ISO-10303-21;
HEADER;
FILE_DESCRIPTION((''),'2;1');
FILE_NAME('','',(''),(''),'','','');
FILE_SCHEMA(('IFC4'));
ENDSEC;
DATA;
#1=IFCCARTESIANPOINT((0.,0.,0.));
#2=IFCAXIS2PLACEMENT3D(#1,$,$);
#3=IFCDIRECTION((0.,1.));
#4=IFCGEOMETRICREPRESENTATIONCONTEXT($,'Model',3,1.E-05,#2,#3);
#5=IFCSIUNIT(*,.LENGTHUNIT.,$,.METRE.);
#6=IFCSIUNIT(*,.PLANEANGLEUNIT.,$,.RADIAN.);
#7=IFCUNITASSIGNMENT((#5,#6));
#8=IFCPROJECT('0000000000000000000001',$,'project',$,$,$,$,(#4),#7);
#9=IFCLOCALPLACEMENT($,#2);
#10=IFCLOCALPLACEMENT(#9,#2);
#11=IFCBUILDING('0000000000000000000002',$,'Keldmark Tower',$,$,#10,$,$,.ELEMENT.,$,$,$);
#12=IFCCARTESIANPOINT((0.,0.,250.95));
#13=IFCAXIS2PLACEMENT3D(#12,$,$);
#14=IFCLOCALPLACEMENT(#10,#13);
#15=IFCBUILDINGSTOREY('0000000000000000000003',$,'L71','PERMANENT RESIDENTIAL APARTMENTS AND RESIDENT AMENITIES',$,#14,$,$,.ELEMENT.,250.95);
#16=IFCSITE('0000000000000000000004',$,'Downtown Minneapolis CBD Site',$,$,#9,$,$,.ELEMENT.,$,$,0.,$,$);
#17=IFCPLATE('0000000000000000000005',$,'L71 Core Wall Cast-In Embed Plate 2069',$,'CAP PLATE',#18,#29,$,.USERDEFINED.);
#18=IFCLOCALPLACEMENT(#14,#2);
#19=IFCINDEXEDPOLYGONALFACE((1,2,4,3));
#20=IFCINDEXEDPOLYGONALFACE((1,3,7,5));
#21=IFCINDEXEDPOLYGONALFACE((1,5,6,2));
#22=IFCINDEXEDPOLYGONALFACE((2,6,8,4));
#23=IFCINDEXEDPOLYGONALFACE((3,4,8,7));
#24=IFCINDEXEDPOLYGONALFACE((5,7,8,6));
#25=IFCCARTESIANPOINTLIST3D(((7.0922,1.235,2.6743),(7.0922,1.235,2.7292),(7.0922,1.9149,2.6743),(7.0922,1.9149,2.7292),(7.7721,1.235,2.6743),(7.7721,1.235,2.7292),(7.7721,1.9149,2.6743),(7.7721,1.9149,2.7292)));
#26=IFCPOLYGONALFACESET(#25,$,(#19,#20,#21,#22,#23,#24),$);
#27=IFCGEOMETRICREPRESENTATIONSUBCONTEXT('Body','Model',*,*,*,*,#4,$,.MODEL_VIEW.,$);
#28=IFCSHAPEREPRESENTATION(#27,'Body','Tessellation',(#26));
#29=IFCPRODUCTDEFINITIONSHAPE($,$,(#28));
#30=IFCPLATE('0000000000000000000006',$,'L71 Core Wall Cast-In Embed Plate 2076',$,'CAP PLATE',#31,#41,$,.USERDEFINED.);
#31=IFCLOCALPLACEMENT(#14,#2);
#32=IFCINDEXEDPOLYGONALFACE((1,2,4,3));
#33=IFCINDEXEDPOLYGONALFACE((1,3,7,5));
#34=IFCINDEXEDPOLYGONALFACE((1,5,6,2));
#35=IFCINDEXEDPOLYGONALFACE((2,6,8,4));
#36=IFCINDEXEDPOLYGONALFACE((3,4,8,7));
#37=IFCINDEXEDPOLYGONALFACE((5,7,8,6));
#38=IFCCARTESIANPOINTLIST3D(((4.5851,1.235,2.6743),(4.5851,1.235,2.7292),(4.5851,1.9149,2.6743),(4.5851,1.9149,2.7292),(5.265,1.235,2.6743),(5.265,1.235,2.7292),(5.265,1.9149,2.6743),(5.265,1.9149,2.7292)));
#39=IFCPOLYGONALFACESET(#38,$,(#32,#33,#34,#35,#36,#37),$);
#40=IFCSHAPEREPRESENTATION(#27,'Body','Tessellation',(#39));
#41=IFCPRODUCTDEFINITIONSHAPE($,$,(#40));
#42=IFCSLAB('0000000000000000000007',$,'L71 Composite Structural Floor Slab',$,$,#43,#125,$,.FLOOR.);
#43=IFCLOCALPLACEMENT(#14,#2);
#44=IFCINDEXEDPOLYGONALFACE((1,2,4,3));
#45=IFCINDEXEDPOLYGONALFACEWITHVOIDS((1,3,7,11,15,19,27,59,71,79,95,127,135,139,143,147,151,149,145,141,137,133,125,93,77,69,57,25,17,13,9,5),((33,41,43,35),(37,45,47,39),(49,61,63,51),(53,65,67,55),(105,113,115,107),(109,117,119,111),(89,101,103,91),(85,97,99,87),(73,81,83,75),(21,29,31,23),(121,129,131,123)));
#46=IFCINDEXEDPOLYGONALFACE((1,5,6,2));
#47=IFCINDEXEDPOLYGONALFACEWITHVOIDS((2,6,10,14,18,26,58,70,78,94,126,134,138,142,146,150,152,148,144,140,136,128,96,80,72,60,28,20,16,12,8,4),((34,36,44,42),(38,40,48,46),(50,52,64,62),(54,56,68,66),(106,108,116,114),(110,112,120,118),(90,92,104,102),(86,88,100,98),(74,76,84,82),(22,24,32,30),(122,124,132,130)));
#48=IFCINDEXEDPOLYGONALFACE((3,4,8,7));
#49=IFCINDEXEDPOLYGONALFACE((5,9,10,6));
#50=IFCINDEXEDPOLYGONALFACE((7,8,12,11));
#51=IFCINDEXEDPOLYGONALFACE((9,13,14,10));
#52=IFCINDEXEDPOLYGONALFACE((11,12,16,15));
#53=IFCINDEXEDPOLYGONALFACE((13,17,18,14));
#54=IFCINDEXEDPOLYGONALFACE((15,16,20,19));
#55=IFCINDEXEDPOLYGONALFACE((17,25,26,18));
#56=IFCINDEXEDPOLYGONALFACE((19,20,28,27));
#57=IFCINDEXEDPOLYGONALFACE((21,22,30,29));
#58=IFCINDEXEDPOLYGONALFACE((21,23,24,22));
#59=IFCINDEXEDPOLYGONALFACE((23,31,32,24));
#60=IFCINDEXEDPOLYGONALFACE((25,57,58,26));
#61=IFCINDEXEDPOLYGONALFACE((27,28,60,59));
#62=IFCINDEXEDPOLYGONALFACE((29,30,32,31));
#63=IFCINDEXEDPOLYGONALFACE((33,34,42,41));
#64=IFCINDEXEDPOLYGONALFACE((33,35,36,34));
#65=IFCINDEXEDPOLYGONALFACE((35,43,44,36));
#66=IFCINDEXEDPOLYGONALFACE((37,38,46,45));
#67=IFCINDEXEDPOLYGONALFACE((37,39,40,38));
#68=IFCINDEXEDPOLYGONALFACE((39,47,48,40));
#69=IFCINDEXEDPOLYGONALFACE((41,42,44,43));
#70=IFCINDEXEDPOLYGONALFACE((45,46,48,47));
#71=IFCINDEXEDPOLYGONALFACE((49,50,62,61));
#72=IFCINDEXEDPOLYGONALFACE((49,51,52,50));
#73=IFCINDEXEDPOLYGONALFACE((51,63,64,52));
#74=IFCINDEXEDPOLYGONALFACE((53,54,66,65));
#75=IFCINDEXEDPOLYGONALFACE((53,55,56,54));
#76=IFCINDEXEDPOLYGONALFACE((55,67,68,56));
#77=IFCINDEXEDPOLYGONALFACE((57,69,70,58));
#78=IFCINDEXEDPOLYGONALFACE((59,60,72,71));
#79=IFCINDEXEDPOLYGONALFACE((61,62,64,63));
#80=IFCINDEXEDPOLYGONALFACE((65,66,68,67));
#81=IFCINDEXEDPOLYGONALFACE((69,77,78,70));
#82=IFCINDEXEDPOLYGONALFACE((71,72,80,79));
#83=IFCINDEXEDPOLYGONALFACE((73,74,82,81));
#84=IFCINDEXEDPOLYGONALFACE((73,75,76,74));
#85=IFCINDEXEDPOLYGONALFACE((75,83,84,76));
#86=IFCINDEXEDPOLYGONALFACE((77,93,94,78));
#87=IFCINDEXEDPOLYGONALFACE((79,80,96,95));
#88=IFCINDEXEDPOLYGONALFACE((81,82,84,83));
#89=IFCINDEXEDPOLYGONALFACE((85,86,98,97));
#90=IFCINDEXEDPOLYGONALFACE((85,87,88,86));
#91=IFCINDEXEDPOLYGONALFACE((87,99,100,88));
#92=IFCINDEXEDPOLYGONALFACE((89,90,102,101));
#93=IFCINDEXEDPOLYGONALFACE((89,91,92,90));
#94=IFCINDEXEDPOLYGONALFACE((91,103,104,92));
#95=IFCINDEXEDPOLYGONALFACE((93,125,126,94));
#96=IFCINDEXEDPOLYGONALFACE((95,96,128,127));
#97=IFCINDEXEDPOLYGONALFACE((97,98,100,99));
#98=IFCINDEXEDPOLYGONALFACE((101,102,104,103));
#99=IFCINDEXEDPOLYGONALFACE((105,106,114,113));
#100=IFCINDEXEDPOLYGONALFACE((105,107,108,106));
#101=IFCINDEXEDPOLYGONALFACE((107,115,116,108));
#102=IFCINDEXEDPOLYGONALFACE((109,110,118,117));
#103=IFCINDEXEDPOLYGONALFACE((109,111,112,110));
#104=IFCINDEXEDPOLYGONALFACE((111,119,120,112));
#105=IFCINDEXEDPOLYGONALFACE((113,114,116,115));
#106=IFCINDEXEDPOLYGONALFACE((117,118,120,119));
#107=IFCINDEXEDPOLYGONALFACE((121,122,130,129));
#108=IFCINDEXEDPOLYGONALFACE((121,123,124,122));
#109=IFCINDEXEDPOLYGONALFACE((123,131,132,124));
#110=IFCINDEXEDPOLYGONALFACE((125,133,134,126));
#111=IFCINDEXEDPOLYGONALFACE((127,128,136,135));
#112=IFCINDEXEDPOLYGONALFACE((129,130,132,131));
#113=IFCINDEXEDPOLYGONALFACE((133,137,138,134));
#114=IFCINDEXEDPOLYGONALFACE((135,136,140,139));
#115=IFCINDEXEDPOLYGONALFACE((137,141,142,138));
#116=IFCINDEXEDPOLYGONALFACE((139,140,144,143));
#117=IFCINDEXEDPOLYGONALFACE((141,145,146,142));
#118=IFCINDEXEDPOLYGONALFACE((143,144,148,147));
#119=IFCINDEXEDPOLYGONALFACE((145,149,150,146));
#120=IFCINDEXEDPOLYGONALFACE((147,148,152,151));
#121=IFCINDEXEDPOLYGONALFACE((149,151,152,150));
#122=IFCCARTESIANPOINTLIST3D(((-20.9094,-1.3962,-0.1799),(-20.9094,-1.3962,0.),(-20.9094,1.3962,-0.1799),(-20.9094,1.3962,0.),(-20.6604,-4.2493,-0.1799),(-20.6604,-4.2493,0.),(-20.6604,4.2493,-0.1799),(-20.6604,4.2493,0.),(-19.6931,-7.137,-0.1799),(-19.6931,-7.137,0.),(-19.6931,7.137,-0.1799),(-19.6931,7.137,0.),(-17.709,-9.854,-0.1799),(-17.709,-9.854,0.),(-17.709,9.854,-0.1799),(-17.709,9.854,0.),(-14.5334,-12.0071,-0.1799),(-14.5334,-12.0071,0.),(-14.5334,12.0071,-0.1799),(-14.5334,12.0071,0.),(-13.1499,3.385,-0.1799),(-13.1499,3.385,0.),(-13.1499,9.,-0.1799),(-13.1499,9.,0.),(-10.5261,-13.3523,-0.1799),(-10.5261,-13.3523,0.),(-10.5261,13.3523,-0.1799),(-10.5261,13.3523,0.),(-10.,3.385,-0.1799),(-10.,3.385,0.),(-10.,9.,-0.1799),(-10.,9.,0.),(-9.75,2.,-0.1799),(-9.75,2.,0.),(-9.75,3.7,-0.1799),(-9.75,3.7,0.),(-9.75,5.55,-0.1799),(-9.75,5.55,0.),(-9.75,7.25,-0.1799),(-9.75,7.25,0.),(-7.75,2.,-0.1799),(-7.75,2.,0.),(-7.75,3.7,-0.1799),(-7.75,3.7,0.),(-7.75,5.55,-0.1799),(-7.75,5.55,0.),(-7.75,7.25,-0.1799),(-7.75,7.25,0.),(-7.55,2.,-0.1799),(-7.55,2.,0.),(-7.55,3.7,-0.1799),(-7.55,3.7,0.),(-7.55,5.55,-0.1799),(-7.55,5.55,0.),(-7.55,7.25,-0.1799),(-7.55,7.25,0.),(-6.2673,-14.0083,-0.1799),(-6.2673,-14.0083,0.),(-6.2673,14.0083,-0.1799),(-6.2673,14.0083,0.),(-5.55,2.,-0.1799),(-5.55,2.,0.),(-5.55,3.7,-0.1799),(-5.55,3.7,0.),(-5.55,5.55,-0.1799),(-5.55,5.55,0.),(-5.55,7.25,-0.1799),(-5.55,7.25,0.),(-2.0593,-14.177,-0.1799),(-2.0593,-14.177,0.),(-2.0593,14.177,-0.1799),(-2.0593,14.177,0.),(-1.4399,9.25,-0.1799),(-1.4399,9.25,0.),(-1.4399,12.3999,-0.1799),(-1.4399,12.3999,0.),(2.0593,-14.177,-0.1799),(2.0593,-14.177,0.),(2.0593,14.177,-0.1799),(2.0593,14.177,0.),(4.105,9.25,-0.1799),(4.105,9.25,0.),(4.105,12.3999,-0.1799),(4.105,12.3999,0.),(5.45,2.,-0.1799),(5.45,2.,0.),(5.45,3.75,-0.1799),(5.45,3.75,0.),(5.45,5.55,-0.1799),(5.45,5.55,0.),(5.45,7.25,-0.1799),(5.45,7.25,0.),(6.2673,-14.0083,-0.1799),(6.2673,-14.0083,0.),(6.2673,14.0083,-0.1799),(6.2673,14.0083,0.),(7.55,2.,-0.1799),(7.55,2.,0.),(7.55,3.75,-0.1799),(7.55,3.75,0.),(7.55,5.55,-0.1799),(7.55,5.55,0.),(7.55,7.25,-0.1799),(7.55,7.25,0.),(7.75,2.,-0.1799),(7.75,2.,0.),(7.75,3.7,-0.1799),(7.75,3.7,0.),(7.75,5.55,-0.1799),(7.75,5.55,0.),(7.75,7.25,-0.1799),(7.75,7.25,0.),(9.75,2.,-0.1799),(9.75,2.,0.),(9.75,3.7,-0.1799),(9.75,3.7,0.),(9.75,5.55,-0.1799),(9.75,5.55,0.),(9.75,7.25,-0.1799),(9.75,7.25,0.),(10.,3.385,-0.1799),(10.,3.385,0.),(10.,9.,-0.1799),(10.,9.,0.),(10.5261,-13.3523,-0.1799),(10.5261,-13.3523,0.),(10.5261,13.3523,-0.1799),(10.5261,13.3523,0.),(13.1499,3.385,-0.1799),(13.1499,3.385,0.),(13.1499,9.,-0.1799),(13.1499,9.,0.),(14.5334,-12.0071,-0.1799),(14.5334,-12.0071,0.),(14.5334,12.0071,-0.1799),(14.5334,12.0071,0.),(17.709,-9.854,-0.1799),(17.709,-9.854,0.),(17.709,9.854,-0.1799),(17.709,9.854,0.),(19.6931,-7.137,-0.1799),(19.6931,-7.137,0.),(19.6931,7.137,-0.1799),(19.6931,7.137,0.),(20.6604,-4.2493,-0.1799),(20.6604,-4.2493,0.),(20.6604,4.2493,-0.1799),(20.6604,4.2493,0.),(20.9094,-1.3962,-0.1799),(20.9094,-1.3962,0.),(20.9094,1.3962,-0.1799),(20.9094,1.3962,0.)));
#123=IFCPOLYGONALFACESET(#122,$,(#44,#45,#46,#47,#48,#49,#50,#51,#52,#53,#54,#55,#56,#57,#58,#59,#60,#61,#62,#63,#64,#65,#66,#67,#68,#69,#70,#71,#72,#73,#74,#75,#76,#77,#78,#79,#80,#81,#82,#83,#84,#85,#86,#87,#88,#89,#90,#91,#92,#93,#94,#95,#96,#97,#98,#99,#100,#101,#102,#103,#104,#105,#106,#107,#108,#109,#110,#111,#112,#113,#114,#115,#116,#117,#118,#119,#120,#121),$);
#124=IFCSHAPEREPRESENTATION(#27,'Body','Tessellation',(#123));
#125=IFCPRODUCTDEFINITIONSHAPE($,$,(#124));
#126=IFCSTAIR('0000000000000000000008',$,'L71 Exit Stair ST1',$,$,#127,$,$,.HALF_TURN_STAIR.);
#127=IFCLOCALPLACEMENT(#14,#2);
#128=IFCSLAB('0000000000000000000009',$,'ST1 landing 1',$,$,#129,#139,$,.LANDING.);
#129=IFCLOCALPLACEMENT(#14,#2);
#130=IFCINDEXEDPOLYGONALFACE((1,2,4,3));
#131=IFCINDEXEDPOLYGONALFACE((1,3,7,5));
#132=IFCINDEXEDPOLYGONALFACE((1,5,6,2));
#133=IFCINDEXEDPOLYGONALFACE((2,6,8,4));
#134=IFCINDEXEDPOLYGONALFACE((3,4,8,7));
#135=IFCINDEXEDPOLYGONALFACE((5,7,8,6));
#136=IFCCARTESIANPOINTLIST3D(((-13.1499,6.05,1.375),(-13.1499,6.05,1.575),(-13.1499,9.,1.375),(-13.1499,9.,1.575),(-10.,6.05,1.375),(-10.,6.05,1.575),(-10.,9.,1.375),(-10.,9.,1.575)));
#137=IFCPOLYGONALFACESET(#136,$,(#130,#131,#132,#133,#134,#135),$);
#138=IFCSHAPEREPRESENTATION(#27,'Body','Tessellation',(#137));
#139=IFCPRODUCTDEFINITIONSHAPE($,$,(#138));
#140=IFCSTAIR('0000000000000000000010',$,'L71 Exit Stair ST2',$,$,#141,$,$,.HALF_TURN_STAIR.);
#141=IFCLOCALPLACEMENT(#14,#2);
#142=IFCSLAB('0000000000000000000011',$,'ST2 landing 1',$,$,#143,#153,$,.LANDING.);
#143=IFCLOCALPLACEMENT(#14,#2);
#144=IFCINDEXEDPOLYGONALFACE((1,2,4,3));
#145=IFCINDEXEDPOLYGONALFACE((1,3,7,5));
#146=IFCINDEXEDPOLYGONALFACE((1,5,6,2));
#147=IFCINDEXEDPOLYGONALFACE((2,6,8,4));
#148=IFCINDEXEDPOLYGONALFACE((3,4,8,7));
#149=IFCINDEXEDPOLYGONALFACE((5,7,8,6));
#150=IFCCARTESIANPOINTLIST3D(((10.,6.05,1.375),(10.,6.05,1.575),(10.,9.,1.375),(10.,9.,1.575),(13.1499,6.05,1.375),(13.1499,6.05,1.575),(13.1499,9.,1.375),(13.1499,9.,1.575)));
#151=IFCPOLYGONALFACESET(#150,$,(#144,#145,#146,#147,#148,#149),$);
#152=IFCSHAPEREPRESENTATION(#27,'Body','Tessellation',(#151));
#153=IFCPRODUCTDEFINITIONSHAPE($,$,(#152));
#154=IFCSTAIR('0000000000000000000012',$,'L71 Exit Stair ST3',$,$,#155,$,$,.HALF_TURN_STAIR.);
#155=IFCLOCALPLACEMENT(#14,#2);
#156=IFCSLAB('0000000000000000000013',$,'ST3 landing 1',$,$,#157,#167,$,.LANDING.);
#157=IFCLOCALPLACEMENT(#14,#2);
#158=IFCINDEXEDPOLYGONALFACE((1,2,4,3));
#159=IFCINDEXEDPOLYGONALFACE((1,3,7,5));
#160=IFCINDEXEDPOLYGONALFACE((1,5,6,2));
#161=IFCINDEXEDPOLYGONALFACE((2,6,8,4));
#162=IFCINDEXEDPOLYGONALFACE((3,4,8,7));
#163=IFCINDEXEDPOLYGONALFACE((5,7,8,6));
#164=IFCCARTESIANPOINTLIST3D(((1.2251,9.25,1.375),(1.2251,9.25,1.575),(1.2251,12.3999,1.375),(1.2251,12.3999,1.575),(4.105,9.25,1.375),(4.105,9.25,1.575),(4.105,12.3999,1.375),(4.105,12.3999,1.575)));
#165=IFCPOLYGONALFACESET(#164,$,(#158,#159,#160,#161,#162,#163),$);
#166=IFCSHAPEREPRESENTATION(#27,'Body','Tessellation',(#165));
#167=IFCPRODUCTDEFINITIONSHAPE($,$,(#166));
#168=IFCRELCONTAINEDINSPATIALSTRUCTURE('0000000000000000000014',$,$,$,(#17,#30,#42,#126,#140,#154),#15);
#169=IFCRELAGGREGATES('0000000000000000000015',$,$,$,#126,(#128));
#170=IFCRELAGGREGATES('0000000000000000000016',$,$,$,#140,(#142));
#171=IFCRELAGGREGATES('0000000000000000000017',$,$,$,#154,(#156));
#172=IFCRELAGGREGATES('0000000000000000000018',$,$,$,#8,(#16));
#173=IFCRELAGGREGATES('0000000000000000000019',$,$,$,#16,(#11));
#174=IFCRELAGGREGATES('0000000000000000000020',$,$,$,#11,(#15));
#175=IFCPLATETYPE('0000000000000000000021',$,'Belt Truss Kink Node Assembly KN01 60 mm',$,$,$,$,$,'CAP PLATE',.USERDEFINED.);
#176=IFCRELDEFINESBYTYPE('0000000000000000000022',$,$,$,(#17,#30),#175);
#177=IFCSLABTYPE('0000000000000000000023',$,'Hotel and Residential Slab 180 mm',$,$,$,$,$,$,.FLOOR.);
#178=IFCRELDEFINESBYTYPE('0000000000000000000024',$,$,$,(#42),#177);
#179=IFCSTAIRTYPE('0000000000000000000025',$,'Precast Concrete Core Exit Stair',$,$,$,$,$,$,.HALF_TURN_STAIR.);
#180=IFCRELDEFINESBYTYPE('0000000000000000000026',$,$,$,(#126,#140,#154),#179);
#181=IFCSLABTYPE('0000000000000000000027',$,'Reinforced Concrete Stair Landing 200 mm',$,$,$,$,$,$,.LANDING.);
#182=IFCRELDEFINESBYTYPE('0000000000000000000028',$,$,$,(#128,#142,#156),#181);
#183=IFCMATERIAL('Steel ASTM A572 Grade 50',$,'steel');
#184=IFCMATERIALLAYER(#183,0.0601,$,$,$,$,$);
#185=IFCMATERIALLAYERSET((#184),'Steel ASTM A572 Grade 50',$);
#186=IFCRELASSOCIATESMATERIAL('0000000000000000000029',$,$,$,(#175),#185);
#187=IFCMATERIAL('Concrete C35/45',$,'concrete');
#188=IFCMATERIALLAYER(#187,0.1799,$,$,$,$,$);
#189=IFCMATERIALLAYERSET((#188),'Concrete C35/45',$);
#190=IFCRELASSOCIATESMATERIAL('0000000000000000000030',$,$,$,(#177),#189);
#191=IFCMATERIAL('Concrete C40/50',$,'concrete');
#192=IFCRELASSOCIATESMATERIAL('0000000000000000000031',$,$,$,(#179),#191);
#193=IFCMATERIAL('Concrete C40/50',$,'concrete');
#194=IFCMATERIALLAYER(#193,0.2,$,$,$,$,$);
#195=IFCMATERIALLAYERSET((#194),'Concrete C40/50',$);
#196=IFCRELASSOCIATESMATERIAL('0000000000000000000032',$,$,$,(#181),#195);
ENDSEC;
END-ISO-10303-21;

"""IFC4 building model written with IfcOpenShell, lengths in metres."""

from ifc_helpers import new_model, si_unit, direction, frame, origin, origin_2d, place, context, subcontext, project, spatial, polyline, rectangle, outline, extrude, material, layer, layer_set, type_object, element, aggregate, save


model = new_model("IFC4")

# Units and contexts
model_context = context("Model", 3, precision=1e-05, world=origin(), true_north=direction((0.0, 1.0)))
body_context = subcontext(model_context, "Body", "Model", "MODEL_VIEW")
ifc_project = project(units=[si_unit("LENGTHUNIT", "METRE"), si_unit("PLANEANGLEUNIT", "RADIAN")], contexts=[model_context])

# Site, building, storey
site_placement = place(None, origin())
site = spatial("IfcSite", under=ifc_project, at=site_placement, Name="Downtown Minneapolis CBD Site", CompositionType="ELEMENT", RefElevation=0.0)
building_placement = place(site_placement, origin())
building = spatial("IfcBuilding", under=site, at=building_placement, Name="Keldmark Tower", CompositionType="ELEMENT")
storey_placement = place(building_placement, frame((0.0, 0.0, 250.95)))
storey = spatial("IfcBuildingStorey", under=building, at=storey_placement, Name="L71", Description="PERMANENT RESIDENTIAL APARTMENTS AND RESIDENT AMENITIES", CompositionType="ELEMENT", Elevation=250.95)

# Plates
ifc_material_1 = material(Name="Steel ASTM A572 Grade 50", Category="steel")
ifc_layer_1 = layer(ifc_material_1, 0.0601)
ifc_layer_set_1 = layer_set([ifc_layer_1], Name="Steel ASTM A572 Grade 50")
plate_type = type_object("IfcPlateType", Name="Belt Truss Kink Node Assembly KN01 60 mm", ElementType="CAP PLATE", PredefinedType="USERDEFINED", material=ifc_layer_set_1)
for number, where, z_axis, x_axis, name in (
    (1, (7.4321, 1.575, 2.6743), (0.0, 0.0, 1.0), (1.0, 0.0, 0.0), "L71 Core Wall Cast-In Embed Plate 2069"),
    (2, (4.925, 1.575, 2.6743), (0.0, 0.0, 1.0), (1.0, 0.0, 0.0), "L71 Core Wall Cast-In Embed Plate 2076"),
):
    element("IfcPlate", number, at=place(storey_placement, frame(where, z_axis=z_axis, x_axis=x_axis)), inside=storey, type_object=plate_type, Name=name, ObjectType="CAP PLATE", PredefinedType="USERDEFINED", context=body_context, shape_type="SweptSolid", body=[
        extrude(rectangle(XDim=0.6799, YDim=0.6799, at=origin_2d()), origin(), (0.0, 0.0, 1.0), 0.0549),
    ])

# Slab
ifc_material_2 = material(Name="Concrete C35/45", Category="concrete")
ifc_layer_2 = layer(ifc_material_2, 0.1799)
ifc_layer_set_2 = layer_set([ifc_layer_2], Name="Concrete C35/45")
slab_type_1 = type_object("IfcSlabType", Name="Hotel and Residential Slab 180 mm", PredefinedType="FLOOR", material=ifc_layer_set_2)
slab_1_placement = place(storey_placement, frame((0.0, 0.0, -0.1799)))
element("IfcSlab", 3, at=slab_1_placement, inside=storey, type_object=slab_type_1, Name="L71 Composite Structural Floor Slab", PredefinedType="FLOOR", context=body_context, shape_type="SweptSolid", body=[
    extrude(outline(polyline([(20.9094, 1.3962), (20.6604, 4.2493), (19.6931, 7.137), (17.709, 9.854), (14.5334, 12.0071), (10.5261, 13.3523), (6.2673, 14.0083), (2.0593, 14.177), (-2.0593, 14.177), (-6.2673, 14.0083), (-10.5261, 13.3523), (-14.5334, 12.0071), (-17.709, 9.854), (-19.6931, 7.137), (-20.6604, 4.2493), (-20.9094, 1.3962), (-20.9094, -1.3962), (-20.6604, -4.2493), (-19.6931, -7.137), (-17.709, -9.854), (-14.5334, -12.0071), (-10.5261, -13.3523), (-6.2673, -14.0083), (-2.0593, -14.177), (2.0593, -14.177), (6.2673, -14.0083), (10.5261, -13.3523), (14.5334, -12.0071), (17.709, -9.854), (19.6931, -7.137), (20.6604, -4.2493), (20.9094, -1.3962), (20.9094, 1.3962)]), holes=[polyline([(-10.0, 3.385), (-10.0, 9.0), (-13.1499, 9.0), (-13.1499, 3.385), (-10.0, 3.385)]), polyline([(13.1499, 3.385), (13.1499, 9.0), (10.0, 9.0), (10.0, 3.385), (13.1499, 3.385)]), polyline([(-1.4399, 9.25), (4.105, 9.25), (4.105, 12.3999), (-1.4399, 12.3999), (-1.4399, 9.25)]), polyline([(-9.75, 2.0), (-7.75, 2.0), (-7.75, 3.7), (-9.75, 3.7), (-9.75, 2.0)]), polyline([(7.75, 2.0), (9.75, 2.0), (9.75, 3.7), (7.75, 3.7), (7.75, 2.0)]), polyline([(5.45, 2.0), (7.55, 2.0), (7.55, 3.75), (5.45, 3.75), (5.45, 2.0)]), polyline([(-9.75, 5.55), (-7.75, 5.55), (-7.75, 7.25), (-9.75, 7.25), (-9.75, 5.55)]), polyline([(-7.55, 5.55), (-5.55, 5.55), (-5.55, 7.25), (-7.55, 7.25), (-7.55, 5.55)]), polyline([(-7.55, 2.0), (-5.55, 2.0), (-5.55, 3.7), (-7.55, 3.7), (-7.55, 2.0)]), polyline([(5.45, 5.55), (7.55, 5.55), (7.55, 7.25), (5.45, 7.25), (5.45, 5.55)]), polyline([(7.75, 5.55), (9.75, 5.55), (9.75, 7.25), (7.75, 7.25), (7.75, 5.55)])]), origin(), (0.0, 0.0, 1.0), 0.1799),
])

# Stairs, slabs
ifc_material_3 = material(Name="Concrete C40/50", Category="concrete")
stair_type = type_object("IfcStairType", Name="Precast Concrete Core Exit Stair", PredefinedType="HALF_TURN_STAIR", material=ifc_material_3)
stair_1_placement = place(storey_placement, origin())
stair_1 = element("IfcStair", 4, at=stair_1_placement, inside=storey, type_object=stair_type, Name="L71 Exit Stair ST1", PredefinedType="HALF_TURN_STAIR")
ifc_material_4 = material(Name="Concrete C40/50", Category="concrete")
ifc_layer_3 = layer(ifc_material_4, 0.2)
ifc_layer_set_3 = layer_set([ifc_layer_3], Name="Concrete C40/50")
slab_type_2 = type_object("IfcSlabType", Name="Reinforced Concrete Stair Landing 200 mm", PredefinedType="LANDING", material=ifc_layer_set_3)
slab_2_placement = place(storey_placement, frame((0.0, 0.0, 1.375)))
slab_2 = element("IfcSlab", 5, at=slab_2_placement, type_object=slab_type_2, Name="ST1 landing 1", PredefinedType="LANDING", context=body_context, shape_type="SweptSolid", body=[
    extrude(outline(polyline([(-10.0, 6.05), (-10.0, 9.0), (-13.1499, 9.0), (-13.1499, 6.05), (-10.0, 6.05)])), origin(), (0.0, 0.0, 1.0), 0.2),
])
aggregate(stair_1, [slab_2])
stair_2_placement = place(storey_placement, origin())
stair_2 = element("IfcStair", 6, at=stair_2_placement, inside=storey, type_object=stair_type, Name="L71 Exit Stair ST2", PredefinedType="HALF_TURN_STAIR")
slab_3_placement = place(storey_placement, frame((0.0, 0.0, 1.375)))
slab_3 = element("IfcSlab", 7, at=slab_3_placement, type_object=slab_type_2, Name="ST2 landing 1", PredefinedType="LANDING", context=body_context, shape_type="SweptSolid", body=[
    extrude(outline(polyline([(13.1499, 6.05), (13.1499, 9.0), (10.0, 9.0), (10.0, 6.05), (13.1499, 6.05)])), origin(), (0.0, 0.0, 1.0), 0.2),
])
aggregate(stair_2, [slab_3])
stair_3_placement = place(storey_placement, origin())
stair_3 = element("IfcStair", 8, at=stair_3_placement, inside=storey, type_object=stair_type, Name="L71 Exit Stair ST3", PredefinedType="HALF_TURN_STAIR")
slab_4_placement = place(storey_placement, frame((0.0, 0.0, 1.375)))
slab_4 = element("IfcSlab", 9, at=slab_4_placement, type_object=slab_type_2, Name="ST3 landing 1", PredefinedType="LANDING", context=body_context, shape_type="SweptSolid", body=[
    extrude(outline(polyline([(1.2251, 9.25), (4.105, 9.25), (4.105, 12.3999), (1.2251, 12.3999), (1.2251, 9.25)])), origin(), (0.0, 0.0, 1.0), 0.2),
])
aggregate(stair_3, [slab_4])

save(model, "model.ifc")
